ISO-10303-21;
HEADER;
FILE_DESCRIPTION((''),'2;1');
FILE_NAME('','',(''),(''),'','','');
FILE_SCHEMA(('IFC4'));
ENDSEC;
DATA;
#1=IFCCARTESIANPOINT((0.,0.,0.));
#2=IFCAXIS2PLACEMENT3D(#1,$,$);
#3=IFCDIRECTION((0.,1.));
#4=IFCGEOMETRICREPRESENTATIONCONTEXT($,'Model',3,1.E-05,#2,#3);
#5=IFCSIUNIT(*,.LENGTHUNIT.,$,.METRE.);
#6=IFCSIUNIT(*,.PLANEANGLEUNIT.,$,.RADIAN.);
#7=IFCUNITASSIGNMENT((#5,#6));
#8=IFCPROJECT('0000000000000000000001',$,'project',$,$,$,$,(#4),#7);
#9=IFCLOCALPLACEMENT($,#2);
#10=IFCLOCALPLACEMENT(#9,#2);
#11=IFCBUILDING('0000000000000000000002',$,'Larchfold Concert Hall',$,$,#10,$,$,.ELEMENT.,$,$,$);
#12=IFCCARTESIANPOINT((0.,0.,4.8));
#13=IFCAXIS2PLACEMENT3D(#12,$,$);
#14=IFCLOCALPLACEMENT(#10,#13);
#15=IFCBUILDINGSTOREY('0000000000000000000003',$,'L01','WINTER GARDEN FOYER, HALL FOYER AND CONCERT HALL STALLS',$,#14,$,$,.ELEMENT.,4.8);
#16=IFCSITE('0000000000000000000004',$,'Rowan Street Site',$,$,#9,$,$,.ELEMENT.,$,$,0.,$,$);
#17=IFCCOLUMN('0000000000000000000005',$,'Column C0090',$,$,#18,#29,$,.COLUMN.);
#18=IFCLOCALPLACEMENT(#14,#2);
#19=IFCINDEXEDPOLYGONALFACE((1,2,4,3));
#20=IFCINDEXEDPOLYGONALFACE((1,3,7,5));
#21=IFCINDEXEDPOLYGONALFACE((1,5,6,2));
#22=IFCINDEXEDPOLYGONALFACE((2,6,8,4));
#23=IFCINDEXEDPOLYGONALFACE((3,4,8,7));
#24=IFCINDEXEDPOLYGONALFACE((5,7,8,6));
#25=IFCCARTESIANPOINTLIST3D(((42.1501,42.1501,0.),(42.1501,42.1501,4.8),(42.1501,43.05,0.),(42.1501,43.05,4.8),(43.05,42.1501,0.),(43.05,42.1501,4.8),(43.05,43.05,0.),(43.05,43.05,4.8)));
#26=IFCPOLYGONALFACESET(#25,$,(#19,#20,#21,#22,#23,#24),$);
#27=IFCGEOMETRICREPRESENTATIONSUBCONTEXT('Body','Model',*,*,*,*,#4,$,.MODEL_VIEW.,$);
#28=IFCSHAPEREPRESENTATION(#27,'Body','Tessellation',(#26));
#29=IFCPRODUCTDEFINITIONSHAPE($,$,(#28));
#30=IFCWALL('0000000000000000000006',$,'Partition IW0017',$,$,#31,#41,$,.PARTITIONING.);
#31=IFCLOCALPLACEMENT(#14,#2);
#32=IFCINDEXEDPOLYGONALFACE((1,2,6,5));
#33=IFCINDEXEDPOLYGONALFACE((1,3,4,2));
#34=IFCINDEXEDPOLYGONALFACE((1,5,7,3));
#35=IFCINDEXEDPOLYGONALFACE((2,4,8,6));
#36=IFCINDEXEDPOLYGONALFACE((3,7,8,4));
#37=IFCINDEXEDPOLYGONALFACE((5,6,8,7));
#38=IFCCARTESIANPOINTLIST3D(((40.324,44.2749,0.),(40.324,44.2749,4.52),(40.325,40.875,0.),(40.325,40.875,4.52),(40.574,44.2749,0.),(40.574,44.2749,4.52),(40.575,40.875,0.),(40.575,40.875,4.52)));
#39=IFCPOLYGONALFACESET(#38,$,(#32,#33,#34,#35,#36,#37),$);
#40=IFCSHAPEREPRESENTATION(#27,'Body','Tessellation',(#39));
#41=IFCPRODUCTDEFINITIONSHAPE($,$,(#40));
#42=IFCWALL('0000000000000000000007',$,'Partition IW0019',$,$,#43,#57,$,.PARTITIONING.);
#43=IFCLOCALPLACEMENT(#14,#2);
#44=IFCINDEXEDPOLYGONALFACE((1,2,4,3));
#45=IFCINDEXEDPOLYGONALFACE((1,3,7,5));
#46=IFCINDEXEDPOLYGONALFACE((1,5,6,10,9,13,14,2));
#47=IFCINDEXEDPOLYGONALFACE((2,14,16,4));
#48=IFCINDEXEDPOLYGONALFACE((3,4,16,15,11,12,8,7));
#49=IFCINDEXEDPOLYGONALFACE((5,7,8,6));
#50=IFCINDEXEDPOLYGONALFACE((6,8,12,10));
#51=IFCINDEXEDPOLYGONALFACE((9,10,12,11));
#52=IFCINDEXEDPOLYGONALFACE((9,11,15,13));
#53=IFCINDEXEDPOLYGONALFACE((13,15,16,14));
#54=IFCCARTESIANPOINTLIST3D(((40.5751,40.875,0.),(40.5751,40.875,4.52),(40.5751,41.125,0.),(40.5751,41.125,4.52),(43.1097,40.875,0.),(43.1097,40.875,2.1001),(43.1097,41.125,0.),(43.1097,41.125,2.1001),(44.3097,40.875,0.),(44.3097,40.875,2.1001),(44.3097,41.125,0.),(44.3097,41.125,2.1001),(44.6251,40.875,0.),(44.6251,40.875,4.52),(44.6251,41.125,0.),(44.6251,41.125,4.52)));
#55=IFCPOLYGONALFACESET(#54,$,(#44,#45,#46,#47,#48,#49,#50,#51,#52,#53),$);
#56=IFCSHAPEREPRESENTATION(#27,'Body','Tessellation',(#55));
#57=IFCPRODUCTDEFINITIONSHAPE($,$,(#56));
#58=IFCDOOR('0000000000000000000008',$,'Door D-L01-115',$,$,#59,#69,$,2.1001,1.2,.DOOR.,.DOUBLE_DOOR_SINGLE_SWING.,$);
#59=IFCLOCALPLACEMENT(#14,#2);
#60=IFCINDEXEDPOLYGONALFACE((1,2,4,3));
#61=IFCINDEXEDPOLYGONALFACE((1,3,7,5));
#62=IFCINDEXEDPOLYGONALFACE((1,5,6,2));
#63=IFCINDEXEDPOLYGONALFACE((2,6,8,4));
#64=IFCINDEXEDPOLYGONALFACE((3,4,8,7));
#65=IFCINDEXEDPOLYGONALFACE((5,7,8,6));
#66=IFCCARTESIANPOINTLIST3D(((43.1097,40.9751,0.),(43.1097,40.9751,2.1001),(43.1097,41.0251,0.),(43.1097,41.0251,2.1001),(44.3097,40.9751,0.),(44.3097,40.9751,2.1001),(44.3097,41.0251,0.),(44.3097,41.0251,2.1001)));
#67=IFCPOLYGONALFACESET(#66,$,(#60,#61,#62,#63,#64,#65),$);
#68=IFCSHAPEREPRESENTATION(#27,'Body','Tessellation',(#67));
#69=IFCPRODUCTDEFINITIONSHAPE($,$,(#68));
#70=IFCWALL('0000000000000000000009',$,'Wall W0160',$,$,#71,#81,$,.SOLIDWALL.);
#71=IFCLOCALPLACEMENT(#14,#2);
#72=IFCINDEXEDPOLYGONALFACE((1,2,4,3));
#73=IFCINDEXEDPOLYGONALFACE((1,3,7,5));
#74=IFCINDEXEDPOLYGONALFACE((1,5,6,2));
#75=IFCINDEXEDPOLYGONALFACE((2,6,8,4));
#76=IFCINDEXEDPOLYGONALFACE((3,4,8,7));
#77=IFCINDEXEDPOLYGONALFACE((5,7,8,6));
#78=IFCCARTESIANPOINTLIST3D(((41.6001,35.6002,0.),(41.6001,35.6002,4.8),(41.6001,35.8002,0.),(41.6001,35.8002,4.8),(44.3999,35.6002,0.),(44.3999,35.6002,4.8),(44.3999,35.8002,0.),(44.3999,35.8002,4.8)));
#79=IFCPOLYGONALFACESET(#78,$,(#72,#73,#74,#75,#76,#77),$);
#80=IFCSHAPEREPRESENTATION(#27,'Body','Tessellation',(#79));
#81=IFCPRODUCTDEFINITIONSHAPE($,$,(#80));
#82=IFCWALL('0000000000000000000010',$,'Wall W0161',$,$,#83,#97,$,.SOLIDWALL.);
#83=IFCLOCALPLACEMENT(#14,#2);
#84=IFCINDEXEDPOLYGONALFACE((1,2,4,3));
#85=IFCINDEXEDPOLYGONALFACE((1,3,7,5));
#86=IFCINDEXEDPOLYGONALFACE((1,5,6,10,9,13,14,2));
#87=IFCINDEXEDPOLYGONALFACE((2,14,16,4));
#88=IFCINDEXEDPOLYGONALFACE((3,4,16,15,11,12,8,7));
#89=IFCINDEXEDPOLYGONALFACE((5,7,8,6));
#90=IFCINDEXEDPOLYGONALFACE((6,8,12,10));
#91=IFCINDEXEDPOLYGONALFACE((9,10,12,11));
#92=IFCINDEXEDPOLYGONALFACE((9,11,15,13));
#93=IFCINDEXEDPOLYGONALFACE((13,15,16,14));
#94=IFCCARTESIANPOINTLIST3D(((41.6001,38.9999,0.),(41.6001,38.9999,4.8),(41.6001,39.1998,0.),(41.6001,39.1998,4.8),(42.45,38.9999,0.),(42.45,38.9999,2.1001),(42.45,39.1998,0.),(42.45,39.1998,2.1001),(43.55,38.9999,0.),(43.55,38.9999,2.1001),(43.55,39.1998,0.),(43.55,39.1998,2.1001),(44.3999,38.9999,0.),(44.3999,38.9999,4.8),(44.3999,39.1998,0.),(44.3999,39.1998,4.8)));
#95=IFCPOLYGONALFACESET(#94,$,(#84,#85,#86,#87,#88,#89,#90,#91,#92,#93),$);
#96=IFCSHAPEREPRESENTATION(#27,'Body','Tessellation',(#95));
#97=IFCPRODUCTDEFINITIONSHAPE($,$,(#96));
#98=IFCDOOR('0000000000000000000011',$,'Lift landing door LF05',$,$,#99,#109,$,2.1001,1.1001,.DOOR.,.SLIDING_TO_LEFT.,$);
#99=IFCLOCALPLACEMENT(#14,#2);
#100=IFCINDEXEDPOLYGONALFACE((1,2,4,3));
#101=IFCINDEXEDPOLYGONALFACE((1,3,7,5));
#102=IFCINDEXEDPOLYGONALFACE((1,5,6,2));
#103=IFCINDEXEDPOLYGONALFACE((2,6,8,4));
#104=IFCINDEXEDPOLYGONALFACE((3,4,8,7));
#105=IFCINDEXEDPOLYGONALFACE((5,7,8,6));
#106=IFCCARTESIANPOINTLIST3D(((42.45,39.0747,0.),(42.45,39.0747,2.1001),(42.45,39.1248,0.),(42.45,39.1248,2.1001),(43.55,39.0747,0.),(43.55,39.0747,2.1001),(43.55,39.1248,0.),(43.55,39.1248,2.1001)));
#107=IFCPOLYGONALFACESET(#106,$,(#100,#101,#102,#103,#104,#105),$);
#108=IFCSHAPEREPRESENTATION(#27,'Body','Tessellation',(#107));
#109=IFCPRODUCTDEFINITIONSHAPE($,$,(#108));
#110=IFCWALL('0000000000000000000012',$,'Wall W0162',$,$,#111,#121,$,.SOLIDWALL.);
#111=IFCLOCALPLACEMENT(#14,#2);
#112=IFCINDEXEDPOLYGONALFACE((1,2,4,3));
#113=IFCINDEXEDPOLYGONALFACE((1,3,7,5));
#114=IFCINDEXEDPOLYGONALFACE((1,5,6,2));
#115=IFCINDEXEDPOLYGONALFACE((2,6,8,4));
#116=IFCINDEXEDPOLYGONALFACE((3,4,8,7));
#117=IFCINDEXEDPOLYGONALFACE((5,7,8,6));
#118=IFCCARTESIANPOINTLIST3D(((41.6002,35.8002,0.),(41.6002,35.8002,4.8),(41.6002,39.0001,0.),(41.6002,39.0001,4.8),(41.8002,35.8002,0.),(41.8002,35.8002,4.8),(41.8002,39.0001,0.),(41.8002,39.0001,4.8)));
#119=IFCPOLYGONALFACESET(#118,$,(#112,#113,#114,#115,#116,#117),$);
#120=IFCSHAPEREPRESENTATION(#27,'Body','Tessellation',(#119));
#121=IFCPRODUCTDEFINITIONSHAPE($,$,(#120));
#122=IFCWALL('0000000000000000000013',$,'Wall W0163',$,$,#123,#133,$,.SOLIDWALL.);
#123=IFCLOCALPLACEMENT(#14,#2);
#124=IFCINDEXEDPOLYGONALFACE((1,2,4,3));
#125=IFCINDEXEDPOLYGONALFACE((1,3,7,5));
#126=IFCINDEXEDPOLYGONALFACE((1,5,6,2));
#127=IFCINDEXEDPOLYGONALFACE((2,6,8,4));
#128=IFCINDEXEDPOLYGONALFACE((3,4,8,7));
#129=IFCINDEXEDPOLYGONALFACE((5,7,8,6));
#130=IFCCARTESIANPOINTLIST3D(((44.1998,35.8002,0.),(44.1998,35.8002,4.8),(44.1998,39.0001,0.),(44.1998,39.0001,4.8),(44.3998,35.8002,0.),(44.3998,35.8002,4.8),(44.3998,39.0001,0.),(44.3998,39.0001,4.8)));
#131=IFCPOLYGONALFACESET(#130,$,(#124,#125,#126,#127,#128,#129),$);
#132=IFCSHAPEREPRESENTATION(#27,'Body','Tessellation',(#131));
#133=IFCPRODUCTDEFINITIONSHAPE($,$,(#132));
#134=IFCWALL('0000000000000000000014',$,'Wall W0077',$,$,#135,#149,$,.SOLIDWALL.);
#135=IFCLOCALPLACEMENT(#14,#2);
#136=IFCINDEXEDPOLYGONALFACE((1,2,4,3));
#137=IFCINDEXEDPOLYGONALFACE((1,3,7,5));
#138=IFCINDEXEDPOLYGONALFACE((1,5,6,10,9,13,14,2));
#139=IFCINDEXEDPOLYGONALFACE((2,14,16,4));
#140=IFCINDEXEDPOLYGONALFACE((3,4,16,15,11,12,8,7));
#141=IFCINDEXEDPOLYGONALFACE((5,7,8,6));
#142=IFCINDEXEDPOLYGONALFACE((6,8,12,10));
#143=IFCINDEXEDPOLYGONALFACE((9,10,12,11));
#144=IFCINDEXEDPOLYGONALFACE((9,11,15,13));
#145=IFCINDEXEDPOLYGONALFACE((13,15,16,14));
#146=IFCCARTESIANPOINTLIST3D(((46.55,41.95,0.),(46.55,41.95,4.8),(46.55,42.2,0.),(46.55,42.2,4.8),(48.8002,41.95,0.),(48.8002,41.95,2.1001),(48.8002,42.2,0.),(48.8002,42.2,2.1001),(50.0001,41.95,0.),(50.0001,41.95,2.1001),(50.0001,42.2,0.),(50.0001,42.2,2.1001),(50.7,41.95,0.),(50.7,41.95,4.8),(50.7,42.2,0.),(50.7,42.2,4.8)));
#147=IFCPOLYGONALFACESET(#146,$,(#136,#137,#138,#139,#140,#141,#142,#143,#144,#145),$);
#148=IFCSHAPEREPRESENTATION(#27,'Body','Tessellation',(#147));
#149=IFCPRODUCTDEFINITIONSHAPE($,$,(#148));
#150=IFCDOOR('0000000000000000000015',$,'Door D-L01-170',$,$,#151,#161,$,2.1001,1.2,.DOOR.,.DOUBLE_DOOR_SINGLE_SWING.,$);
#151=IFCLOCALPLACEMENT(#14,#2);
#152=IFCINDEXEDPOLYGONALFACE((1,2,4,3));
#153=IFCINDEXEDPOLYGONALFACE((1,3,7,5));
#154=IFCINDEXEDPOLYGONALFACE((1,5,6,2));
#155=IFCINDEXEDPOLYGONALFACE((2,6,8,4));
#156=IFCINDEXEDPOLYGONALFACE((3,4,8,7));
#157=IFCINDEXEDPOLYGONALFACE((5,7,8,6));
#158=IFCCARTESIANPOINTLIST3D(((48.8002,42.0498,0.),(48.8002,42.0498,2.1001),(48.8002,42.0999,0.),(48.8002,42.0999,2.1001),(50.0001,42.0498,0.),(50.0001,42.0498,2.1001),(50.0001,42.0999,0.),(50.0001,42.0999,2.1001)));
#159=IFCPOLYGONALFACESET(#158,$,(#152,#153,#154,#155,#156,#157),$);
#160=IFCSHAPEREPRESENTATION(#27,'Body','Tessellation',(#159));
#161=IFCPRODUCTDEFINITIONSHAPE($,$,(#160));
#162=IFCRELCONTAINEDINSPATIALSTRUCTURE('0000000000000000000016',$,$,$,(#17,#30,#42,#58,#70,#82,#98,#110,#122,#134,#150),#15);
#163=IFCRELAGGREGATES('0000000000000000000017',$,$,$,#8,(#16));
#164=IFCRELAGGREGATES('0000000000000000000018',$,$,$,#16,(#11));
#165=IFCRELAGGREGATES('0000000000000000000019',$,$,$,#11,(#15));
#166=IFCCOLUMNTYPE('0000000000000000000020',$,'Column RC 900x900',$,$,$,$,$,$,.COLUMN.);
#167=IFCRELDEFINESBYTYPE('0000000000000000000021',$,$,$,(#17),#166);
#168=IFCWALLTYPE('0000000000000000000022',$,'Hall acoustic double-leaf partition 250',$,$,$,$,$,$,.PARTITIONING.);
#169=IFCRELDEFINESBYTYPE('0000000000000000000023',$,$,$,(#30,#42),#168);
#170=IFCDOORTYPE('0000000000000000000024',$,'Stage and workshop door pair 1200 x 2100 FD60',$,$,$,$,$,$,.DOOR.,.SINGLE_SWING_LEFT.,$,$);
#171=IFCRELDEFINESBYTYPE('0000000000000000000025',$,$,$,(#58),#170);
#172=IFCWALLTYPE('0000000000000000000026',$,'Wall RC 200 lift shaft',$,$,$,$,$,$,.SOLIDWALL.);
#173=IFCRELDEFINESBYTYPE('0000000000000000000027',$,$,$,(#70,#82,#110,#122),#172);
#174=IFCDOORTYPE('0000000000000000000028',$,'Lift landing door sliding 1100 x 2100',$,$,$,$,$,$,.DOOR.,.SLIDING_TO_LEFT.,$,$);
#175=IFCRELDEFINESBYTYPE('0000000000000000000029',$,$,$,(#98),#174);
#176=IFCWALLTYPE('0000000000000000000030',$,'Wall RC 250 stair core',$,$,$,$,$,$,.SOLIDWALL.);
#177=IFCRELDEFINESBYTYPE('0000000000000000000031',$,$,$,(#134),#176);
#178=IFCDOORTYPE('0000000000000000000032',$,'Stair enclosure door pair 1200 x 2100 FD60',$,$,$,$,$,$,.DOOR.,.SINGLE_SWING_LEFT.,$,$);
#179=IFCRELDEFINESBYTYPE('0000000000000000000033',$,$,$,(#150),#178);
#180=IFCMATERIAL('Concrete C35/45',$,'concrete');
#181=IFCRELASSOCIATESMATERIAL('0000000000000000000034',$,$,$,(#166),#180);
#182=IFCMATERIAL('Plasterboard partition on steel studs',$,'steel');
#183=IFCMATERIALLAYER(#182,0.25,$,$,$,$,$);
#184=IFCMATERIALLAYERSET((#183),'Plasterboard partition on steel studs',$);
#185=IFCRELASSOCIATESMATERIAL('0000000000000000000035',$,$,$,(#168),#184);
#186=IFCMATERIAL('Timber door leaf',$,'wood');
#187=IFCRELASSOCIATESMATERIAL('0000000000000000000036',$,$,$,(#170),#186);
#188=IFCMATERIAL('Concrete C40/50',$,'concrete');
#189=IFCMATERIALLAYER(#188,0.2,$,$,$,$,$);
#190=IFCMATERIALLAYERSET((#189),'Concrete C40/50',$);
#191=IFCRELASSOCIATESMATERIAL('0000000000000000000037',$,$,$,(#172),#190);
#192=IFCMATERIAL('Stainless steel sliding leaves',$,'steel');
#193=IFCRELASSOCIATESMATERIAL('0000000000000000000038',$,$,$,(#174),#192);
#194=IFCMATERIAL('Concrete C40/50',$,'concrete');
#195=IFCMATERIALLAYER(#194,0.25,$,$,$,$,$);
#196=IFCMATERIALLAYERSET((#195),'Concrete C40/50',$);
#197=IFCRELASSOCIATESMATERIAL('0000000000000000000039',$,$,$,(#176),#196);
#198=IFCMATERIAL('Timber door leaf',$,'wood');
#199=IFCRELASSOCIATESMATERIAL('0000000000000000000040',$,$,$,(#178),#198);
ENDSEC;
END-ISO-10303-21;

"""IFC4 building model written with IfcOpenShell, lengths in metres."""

from ifc_helpers import new_model, si_unit, direction, frame, frame_2d, origin, origin_2d, place, context, subcontext, project, spatial, rectangle, extrude, material, layer, layer_set, material_profile, profile_set, type_object, element, fill, save


model = new_model("IFC4")

# Units and contexts
model_context = context("Model", 3, precision=1e-05, world=origin(), true_north=direction((0.0, 1.0)))
body_context = subcontext(model_context, "Body", "Model", "MODEL_VIEW")
ifc_project = project(units=[si_unit("LENGTHUNIT", "METRE"), si_unit("PLANEANGLEUNIT", "RADIAN")], contexts=[model_context])

# Site, building, storey
site_placement = place(None, origin())
site = spatial("IfcSite", under=ifc_project, at=site_placement, Name="Rowan Street Site", CompositionType="ELEMENT", RefElevation=0.0)
building_placement = place(site_placement, origin())
building = spatial("IfcBuilding", under=site, at=building_placement, Name="Larchfold Concert Hall", CompositionType="ELEMENT")
storey_placement = place(building_placement, frame((0.0, 0.0, 4.8)))
storey = spatial("IfcBuildingStorey", under=building, at=storey_placement, Name="L01", Description="WINTER GARDEN FOYER, HALL FOYER AND CONCERT HALL STALLS", CompositionType="ELEMENT", Elevation=4.8)

# Column
ifc_material_1 = material(Name="Concrete C35/45", Category="concrete")
ifc_material_profile = material_profile(ifc_material_1, rectangle(XDim=0.8999, YDim=0.8999, at=origin_2d()))
ifc_profile_set = profile_set([ifc_material_profile], Name="Concrete C35/45")
column_type = type_object("IfcColumnType", Name="Column RC 900x900", PredefinedType="COLUMN", material=ifc_profile_set)
column_placement = place(storey_placement, frame((42.6001, 42.6001, 0.0), z_axis=(0.0, 0.0, 1.0), x_axis=(1.0, 0.0, 0.0)))
element("IfcColumn", 1, at=column_placement, inside=storey, type_object=column_type, Name="Column C0090", PredefinedType="COLUMN", context=body_context, shape_type="SweptSolid", body=[
    extrude(rectangle(XDim=0.8999, YDim=0.8999, at=origin_2d()), origin(), (0.0, 0.0, 1.0), 4.8),
])

# Wall
ifc_material_2 = material(Name="Plasterboard partition on steel studs", Category="steel")
ifc_layer_1 = layer(ifc_material_2, 0.25)
ifc_layer_set_1 = layer_set([ifc_layer_1], Name="Plasterboard partition on steel studs")
wall_type_1 = type_object("IfcWallType", Name="Hall acoustic double-leaf partition 250", PredefinedType="PARTITIONING", material=ifc_layer_set_1)
wall_1_placement = place(storey_placement, frame((40.45, 40.875, 0.0), z_axis=(0.0, 0.0, 1.0), x_axis=(-0.000287, 1.0, 0.0)))
element("IfcWall", 2, at=wall_1_placement, inside=storey, type_object=wall_type_1, Name="Partition IW0017", PredefinedType="PARTITIONING", context=body_context, shape_type="SweptSolid", body=[
    extrude(rectangle(XDim=3.3999, YDim=0.25, at=frame_2d((1.7, 0.0))), origin(), (0.0, 0.0, 1.0), 4.52),
])

# Wall, opening, door
wall_2_placement = place(storey_placement, frame((44.625, 41.0, 0.0), z_axis=(0.0, 0.0, 1.0), x_axis=(-1.0, 0.0, 0.0)))
wall_2 = element("IfcWall", 3, at=wall_2_placement, inside=storey, type_object=wall_type_1, Name="Partition IW0019", PredefinedType="PARTITIONING", context=body_context, shape_type="SweptSolid", body=[
    extrude(rectangle(XDim=4.05, YDim=0.25, at=frame_2d((2.0249, 0.0))), origin(), (0.0, 0.0, 1.0), 4.52),
])
opening_1_placement = place(wall_2_placement, frame((0.3152, 0.0, 0.0)))
opening_1 = element("IfcOpeningElement", 4, at=opening_1_placement, cuts=wall_2, PredefinedType="OPENING", context=body_context, shape_type="SweptSolid", body=[
    extrude(rectangle(XDim=1.2, YDim=2.1001, at=frame_2d((0.6001, 1.05))), frame((0.0, 0.135, 0.0), z_axis=(0.0, -1.0, 0.0), x_axis=(1.0, 0.0, 0.0)), (0.0, 0.0, 1.0), 0.27),
])
ifc_material_3 = material(Name="Timber door leaf", Category="wood")
door_type_1 = type_object("IfcDoorType", Name="Stage and workshop door pair 1200 x 2100 FD60", OperationType="SINGLE_SWING_LEFT", PredefinedType="DOOR", material=ifc_material_3)
door_1_placement = place(opening_1_placement, origin())
door_1 = element("IfcDoor", 5, at=door_1_placement, inside=storey, type_object=door_type_1, Name="Door D-L01-115", OperationType="DOUBLE_DOOR_SINGLE_SWING", OverallHeight=2.1001, OverallWidth=1.2, PredefinedType="DOOR", context=body_context, shape_type="SweptSolid", body=[
    extrude(rectangle(XDim=1.2, YDim=2.1001, at=frame_2d((0.6001, 1.05))), frame((0.0, 0.0249, 0.0), z_axis=(0.0, -1.0, 0.0), x_axis=(1.0, 0.0, 0.0)), (0.0, 0.0, 1.0), 0.05),
])
fill(opening_1, door_1)

# Wall
ifc_material_4 = material(Name="Concrete C40/50", Category="concrete")
ifc_layer_2 = layer(ifc_material_4, 0.2)
ifc_layer_set_2 = layer_set([ifc_layer_2], Name="Concrete C40/50")
wall_type_2 = type_object("IfcWallType", Name="Wall RC 200 lift shaft", PredefinedType="SOLIDWALL", material=ifc_layer_set_2)
wall_3_placement = place(storey_placement, frame((41.6001, 35.7002, 0.0), z_axis=(0.0, 0.0, 1.0), x_axis=(1.0, 0.0, 0.0)))
element("IfcWall", 6, at=wall_3_placement, inside=storey, type_object=wall_type_2, Name="Wall W0160", PredefinedType="SOLIDWALL", context=body_context, shape_type="SweptSolid", body=[
    extrude(rectangle(XDim=2.7998, YDim=0.2, at=frame_2d((1.3999, 0.0))), origin(), (0.0, 0.0, 1.0), 4.8),
])

# Wall, opening, door
wall_4_placement = place(storey_placement, frame((41.6001, 39.0999, 0.0), z_axis=(0.0, 0.0, 1.0), x_axis=(1.0, 0.0, 0.0)))
wall_4 = element("IfcWall", 7, at=wall_4_placement, inside=storey, type_object=wall_type_2, Name="Wall W0161", PredefinedType="SOLIDWALL", context=body_context, shape_type="SweptSolid", body=[
    extrude(rectangle(XDim=2.7998, YDim=0.2, at=frame_2d((1.3999, 0.0))), origin(), (0.0, 0.0, 1.0), 4.8),
])
opening_2_placement = place(wall_4_placement, frame((0.8499, 0.0, 0.0)))
opening_2 = element("IfcOpeningElement", 8, at=opening_2_placement, cuts=wall_4, PredefinedType="OPENING", context=body_context, shape_type="SweptSolid", body=[
    extrude(rectangle(XDim=1.1001, YDim=2.1001, at=frame_2d((0.55, 1.05))), frame((0.0, 0.1099, 0.0), z_axis=(0.0, -1.0, 0.0), x_axis=(1.0, 0.0, 0.0)), (0.0, 0.0, 1.0), 0.22),
])
ifc_material_5 = material(Name="Stainless steel sliding leaves", Category="steel")
door_type_2 = type_object("IfcDoorType", Name="Lift landing door sliding 1100 x 2100", OperationType="SLIDING_TO_LEFT", PredefinedType="DOOR", material=ifc_material_5)
door_2_placement = place(opening_2_placement, origin())
door_2 = element("IfcDoor", 9, at=door_2_placement, inside=storey, type_object=door_type_2, Name="Lift landing door LF05", OperationType="SLIDING_TO_LEFT", OverallHeight=2.1001, OverallWidth=1.1001, PredefinedType="DOOR", context=body_context, shape_type="SweptSolid", body=[
    extrude(rectangle(XDim=1.1001, YDim=2.1001, at=frame_2d((0.55, 1.05))), frame((0.0, 0.0249, 0.0), z_axis=(0.0, -1.0, 0.0), x_axis=(1.0, 0.0, 0.0)), (0.0, 0.0, 1.0), 0.05),
])
fill(opening_2, door_2)

# Walls
for number, where, z_axis, x_axis, name in (
    (10, (41.7002, 35.8, 0.0), (0.0, 0.0, 1.0), (0.0, 1.0, 0.0), "Wall W0162"),
    (11, (44.2998, 35.8, 0.0), (0.0, 0.0, 1.0), (0.0, 1.0, 0.0), "Wall W0163"),
):
    element("IfcWall", number, at=place(storey_placement, frame(where, z_axis=z_axis, x_axis=x_axis)), inside=storey, type_object=wall_type_2, Name=name, PredefinedType="SOLIDWALL", context=body_context, shape_type="SweptSolid", body=[
        extrude(rectangle(XDim=3.2, YDim=0.2, at=frame_2d((1.6001, 0.0))), origin(), (0.0, 0.0, 1.0), 4.8),
    ])

# Wall, opening, door
ifc_material_6 = material(Name="Concrete C40/50", Category="concrete")
ifc_layer_3 = layer(ifc_material_6, 0.25)
ifc_layer_set_3 = layer_set([ifc_layer_3], Name="Concrete C40/50")
wall_type_3 = type_object("IfcWallType", Name="Wall RC 250 stair core", PredefinedType="SOLIDWALL", material=ifc_layer_set_3)
wall_5_placement = place(storey_placement, frame((46.55, 42.075, 0.0), z_axis=(0.0, 0.0, 1.0), x_axis=(1.0, 0.0, 0.0)))
wall_5 = element("IfcWall", 12, at=wall_5_placement, inside=storey, type_object=wall_type_3, Name="Wall W0077", PredefinedType="SOLIDWALL", context=body_context, shape_type="SweptSolid", body=[
    extrude(rectangle(XDim=4.1499, YDim=0.25, at=frame_2d((2.075, 0.0))), origin(), (0.0, 0.0, 1.0), 4.8),
])
opening_3_placement = place(wall_5_placement, frame((2.25, 0.0, 0.0)))
opening_3 = element("IfcOpeningElement", 13, at=opening_3_placement, cuts=wall_5, PredefinedType="OPENING", context=body_context, shape_type="SweptSolid", body=[
    extrude(rectangle(XDim=1.2, YDim=2.1001, at=frame_2d((0.6001, 1.05))), frame((0.0, 0.135, 0.0), z_axis=(0.0, -1.0, 0.0), x_axis=(1.0, 0.0, 0.0)), (0.0, 0.0, 1.0), 0.27),
])
ifc_material_7 = material(Name="Timber door leaf", Category="wood")
door_type_3 = type_object("IfcDoorType", Name="Stair enclosure door pair 1200 x 2100 FD60", OperationType="SINGLE_SWING_LEFT", PredefinedType="DOOR", material=ifc_material_7)
door_3_placement = place(opening_3_placement, origin())
door_3 = element("IfcDoor", 14, at=door_3_placement, inside=storey, type_object=door_type_3, Name="Door D-L01-170", OperationType="DOUBLE_DOOR_SINGLE_SWING", OverallHeight=2.1001, OverallWidth=1.2, PredefinedType="DOOR", context=body_context, shape_type="SweptSolid", body=[
    extrude(rectangle(XDim=1.2, YDim=2.1001, at=frame_2d((0.6001, 1.05))), frame((0.0, 0.0249, 0.0), z_axis=(0.0, -1.0, 0.0), x_axis=(1.0, 0.0, 0.0)), (0.0, 0.0, 1.0), 0.05),
])
fill(opening_3, door_3)

save(model, "model.ifc")
